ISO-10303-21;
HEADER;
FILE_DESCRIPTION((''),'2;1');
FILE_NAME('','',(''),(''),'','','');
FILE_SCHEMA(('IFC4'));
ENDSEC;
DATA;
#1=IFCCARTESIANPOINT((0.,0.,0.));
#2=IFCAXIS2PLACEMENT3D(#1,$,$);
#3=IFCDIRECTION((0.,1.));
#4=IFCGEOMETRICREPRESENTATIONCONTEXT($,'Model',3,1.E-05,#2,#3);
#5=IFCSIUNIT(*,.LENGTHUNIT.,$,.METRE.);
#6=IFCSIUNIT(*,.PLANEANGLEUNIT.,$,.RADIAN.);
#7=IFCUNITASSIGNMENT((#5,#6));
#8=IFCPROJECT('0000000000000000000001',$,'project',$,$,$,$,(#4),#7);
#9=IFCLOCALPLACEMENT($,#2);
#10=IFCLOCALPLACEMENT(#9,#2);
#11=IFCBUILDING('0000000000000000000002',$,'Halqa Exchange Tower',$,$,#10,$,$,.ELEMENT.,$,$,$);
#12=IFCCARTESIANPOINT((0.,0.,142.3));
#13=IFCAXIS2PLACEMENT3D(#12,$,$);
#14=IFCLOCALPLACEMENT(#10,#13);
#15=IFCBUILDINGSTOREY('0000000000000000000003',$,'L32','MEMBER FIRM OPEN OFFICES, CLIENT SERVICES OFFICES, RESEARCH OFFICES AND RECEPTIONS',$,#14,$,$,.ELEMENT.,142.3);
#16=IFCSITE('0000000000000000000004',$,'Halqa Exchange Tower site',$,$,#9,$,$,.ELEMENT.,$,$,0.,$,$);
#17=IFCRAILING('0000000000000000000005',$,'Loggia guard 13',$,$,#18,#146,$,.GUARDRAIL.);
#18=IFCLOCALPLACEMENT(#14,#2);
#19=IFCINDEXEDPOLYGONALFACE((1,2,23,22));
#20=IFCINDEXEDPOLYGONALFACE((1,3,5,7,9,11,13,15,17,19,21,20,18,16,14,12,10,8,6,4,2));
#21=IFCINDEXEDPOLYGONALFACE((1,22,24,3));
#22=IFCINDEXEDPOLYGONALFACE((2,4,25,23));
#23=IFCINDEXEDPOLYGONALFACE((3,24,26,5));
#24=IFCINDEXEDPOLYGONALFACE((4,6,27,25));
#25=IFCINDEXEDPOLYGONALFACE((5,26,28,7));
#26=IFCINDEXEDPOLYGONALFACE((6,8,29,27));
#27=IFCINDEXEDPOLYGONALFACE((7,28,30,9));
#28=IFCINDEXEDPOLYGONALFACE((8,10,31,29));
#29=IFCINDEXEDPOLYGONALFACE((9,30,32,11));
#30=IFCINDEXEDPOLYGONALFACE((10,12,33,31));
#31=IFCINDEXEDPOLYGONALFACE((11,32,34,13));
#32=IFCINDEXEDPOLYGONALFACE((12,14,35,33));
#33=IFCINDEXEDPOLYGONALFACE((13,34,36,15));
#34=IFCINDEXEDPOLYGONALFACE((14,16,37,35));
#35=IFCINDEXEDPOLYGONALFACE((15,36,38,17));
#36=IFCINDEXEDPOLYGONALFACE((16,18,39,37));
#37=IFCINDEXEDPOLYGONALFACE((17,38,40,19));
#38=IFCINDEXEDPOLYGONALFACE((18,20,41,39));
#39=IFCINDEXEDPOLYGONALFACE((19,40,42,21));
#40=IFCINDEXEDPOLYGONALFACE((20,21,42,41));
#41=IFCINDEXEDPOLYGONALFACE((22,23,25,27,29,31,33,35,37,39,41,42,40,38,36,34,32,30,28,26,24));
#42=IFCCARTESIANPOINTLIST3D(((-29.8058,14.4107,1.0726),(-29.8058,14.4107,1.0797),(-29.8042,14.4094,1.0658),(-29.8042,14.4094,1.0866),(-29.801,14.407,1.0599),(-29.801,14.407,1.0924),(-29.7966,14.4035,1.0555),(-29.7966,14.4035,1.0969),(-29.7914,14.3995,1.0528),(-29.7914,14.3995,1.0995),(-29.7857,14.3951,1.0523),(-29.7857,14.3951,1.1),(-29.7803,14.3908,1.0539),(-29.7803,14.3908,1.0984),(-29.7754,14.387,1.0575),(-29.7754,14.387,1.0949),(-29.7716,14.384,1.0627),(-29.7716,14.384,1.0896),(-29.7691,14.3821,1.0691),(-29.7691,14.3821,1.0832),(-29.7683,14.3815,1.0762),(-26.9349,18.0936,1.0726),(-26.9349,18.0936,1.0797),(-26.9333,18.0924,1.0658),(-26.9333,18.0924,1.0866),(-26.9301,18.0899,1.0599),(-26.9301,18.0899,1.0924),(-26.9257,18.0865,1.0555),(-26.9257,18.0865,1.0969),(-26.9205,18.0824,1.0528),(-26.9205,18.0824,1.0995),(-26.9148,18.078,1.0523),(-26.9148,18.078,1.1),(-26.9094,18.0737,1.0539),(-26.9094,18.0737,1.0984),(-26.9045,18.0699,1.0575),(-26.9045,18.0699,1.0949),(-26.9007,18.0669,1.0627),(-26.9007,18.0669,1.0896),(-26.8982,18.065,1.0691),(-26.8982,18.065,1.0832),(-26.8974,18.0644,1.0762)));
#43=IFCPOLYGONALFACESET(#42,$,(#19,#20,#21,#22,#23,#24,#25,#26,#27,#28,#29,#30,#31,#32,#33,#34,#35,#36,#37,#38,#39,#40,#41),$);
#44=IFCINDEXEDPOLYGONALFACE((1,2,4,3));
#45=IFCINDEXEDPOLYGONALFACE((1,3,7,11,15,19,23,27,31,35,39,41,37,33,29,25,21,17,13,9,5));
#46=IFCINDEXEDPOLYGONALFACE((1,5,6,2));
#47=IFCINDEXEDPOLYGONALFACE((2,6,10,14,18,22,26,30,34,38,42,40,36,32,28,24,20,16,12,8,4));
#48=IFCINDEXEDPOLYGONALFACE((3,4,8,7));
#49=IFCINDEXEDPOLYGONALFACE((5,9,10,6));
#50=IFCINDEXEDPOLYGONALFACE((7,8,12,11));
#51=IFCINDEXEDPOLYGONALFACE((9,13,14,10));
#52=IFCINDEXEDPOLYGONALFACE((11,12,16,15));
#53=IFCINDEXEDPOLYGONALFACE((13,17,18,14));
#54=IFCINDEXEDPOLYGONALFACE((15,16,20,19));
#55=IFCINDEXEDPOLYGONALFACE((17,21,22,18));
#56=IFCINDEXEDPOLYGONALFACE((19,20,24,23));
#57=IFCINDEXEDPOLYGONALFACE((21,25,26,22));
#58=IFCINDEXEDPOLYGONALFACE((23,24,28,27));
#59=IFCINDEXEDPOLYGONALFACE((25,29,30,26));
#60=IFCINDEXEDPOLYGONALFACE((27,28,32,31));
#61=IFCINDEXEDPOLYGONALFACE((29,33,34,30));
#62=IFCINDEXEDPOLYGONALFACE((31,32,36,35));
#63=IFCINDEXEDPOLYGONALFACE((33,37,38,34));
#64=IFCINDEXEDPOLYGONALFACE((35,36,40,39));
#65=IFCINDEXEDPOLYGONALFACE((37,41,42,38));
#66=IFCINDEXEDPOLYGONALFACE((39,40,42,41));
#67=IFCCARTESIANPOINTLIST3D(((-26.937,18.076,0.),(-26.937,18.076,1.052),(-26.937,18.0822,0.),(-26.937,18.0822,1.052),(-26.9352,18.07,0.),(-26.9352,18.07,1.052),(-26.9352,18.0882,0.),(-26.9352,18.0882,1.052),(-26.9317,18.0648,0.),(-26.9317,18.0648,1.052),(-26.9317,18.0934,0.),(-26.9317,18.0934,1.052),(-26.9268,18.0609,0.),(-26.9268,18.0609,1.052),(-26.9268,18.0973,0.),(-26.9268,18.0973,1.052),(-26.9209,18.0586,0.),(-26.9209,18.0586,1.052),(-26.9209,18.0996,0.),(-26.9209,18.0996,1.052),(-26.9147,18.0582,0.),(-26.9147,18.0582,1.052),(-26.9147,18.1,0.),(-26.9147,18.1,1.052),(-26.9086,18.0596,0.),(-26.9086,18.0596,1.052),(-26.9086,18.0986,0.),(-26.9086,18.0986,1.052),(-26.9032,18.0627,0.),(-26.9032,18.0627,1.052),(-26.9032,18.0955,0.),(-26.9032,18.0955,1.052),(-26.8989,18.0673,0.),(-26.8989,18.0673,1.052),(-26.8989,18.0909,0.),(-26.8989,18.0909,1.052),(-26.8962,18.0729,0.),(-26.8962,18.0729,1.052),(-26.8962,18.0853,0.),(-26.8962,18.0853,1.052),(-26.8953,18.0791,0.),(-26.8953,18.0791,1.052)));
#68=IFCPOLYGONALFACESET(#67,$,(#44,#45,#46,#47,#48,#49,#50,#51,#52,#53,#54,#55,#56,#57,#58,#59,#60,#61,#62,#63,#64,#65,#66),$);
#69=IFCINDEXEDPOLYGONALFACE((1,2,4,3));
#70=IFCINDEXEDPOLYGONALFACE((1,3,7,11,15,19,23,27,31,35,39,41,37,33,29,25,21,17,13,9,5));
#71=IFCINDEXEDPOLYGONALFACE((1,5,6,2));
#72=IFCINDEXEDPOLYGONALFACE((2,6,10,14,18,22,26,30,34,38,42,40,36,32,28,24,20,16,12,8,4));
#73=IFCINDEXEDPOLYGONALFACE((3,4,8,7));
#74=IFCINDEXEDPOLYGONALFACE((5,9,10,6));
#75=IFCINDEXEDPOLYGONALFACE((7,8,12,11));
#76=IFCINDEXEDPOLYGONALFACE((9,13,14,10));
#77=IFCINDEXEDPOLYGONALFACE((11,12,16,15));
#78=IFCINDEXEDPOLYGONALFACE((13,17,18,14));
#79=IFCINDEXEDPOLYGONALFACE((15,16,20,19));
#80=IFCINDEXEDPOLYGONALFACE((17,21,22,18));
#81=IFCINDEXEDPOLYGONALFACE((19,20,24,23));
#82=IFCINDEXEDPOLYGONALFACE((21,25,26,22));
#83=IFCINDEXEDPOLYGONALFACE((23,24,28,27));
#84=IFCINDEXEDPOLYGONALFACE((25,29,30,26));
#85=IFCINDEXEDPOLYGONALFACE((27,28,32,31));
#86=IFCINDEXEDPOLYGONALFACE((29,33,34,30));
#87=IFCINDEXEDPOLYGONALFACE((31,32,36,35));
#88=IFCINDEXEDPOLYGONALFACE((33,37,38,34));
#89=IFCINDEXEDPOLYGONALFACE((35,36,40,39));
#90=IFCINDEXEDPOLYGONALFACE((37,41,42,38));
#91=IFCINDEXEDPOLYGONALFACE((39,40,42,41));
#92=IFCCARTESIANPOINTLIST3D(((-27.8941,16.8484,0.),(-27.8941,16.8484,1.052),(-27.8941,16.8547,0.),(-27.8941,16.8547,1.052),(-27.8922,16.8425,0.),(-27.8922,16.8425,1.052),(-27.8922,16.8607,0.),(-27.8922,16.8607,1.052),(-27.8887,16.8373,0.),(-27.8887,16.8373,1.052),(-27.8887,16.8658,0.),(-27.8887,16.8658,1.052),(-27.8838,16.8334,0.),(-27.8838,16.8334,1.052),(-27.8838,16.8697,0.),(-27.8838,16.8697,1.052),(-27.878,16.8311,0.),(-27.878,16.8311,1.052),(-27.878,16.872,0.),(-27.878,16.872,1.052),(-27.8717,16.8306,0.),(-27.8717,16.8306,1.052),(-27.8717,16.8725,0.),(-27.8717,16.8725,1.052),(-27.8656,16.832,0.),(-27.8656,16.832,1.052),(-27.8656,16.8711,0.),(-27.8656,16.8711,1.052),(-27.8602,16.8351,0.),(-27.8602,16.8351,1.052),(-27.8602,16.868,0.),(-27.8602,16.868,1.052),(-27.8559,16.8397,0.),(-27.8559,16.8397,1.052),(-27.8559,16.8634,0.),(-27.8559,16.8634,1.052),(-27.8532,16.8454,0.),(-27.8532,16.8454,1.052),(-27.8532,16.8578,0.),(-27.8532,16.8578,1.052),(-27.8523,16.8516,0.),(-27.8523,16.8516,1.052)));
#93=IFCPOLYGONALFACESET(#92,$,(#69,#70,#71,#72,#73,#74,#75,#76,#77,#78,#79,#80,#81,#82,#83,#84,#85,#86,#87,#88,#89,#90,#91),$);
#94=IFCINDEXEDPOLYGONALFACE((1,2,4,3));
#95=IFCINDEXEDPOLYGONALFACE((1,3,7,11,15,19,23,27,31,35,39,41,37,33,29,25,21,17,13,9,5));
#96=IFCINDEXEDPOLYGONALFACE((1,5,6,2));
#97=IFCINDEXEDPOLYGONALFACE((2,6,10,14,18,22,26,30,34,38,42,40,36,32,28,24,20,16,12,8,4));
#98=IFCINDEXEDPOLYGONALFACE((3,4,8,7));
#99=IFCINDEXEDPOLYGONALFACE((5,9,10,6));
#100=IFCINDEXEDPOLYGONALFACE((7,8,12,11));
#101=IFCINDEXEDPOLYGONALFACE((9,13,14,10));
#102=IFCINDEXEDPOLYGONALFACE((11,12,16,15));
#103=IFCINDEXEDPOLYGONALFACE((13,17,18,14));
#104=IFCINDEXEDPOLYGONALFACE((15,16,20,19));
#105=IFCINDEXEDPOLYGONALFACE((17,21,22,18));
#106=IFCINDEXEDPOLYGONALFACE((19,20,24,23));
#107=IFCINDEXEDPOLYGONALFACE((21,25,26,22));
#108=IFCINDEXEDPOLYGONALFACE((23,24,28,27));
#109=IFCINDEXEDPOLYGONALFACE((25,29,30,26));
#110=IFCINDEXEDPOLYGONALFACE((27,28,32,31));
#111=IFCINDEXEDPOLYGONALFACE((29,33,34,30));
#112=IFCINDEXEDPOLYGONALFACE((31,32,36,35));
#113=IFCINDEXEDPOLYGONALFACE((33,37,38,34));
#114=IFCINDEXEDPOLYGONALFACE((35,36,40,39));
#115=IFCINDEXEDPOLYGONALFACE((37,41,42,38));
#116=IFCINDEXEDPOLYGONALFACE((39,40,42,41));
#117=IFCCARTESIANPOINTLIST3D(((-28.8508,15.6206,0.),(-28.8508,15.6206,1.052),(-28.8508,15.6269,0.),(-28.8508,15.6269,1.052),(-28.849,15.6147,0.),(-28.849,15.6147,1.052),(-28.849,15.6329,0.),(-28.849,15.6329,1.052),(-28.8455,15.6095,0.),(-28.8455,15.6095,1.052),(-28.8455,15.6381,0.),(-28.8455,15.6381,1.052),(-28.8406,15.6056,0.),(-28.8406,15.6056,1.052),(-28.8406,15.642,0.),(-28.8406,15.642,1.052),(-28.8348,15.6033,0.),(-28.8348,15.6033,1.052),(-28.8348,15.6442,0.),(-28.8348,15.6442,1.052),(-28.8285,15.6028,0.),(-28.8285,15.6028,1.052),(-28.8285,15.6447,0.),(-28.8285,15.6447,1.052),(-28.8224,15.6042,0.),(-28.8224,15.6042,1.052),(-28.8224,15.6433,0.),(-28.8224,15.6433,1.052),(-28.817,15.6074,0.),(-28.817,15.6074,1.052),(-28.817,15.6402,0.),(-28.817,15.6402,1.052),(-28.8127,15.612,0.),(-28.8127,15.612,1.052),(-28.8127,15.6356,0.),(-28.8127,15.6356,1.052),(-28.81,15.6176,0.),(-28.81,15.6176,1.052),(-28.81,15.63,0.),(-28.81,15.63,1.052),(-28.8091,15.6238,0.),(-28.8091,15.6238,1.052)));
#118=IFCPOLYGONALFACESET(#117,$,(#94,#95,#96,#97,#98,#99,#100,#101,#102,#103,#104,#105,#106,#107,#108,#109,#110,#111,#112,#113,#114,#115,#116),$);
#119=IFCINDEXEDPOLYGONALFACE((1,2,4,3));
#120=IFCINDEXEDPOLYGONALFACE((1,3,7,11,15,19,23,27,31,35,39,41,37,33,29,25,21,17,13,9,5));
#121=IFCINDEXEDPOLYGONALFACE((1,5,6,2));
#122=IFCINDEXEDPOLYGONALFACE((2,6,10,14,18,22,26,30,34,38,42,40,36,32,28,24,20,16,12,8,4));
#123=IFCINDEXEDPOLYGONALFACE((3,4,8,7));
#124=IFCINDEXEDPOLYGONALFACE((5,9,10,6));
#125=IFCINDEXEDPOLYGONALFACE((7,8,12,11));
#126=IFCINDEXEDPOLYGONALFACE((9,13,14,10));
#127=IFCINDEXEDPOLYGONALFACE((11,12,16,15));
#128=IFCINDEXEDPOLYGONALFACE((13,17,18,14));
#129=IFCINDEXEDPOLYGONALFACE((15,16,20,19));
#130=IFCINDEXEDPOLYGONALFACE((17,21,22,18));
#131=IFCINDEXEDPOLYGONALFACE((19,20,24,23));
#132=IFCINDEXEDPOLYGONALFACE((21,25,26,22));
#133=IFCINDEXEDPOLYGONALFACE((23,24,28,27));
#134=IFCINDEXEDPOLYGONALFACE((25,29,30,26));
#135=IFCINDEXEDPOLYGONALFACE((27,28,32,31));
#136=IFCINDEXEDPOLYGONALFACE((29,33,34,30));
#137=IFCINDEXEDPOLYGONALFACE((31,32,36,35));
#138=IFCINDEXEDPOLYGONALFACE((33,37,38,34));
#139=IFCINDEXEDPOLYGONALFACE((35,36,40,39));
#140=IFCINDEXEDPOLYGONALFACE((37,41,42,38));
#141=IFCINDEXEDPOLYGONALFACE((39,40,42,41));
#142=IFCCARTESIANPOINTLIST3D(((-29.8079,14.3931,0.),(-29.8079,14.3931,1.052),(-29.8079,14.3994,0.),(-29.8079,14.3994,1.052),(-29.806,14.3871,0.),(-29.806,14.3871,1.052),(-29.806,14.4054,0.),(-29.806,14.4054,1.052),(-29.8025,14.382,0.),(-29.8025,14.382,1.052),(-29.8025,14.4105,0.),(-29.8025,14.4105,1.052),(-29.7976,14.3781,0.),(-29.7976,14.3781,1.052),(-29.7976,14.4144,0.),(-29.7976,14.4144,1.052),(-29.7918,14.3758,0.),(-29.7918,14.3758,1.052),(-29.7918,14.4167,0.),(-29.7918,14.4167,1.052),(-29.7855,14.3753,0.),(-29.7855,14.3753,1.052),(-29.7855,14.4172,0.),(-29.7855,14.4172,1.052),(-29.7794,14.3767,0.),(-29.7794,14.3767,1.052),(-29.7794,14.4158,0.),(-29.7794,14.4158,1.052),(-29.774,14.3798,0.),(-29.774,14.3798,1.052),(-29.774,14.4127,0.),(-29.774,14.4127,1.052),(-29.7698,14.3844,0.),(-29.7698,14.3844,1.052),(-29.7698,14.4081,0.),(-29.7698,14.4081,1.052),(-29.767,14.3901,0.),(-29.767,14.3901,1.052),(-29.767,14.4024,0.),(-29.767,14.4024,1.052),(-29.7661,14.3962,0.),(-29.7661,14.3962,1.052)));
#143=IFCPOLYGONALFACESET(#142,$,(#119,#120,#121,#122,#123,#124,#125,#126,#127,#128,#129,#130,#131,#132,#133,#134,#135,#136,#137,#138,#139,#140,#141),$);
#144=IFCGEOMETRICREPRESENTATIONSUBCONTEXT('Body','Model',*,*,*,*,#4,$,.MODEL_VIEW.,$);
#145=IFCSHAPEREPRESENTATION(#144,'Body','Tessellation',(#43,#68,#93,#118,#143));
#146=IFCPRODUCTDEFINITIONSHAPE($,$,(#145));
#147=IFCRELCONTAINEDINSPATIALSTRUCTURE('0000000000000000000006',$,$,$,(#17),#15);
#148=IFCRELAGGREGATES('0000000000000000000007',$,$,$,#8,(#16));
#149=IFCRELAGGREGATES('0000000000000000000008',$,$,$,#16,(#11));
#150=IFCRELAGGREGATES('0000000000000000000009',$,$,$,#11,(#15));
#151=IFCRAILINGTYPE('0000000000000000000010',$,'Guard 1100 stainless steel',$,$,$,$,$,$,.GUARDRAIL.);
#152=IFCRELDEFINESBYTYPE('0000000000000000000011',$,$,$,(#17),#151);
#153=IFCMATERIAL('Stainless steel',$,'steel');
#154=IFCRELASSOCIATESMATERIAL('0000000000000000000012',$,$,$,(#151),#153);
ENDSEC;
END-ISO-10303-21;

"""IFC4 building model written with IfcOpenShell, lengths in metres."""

from ifc_helpers import new_model, si_unit, direction, frame, origin, origin_2d, place, context, subcontext, project, spatial, circle, extrude, material, type_object, element, save


model = new_model("IFC4")

# Units and contexts
model_context = context("Model", 3, precision=1e-05, world=origin(), true_north=direction((0.0, 1.0)))
body_context = subcontext(model_context, "Body", "Model", "MODEL_VIEW")
ifc_project = project(units=[si_unit("LENGTHUNIT", "METRE"), si_unit("PLANEANGLEUNIT", "RADIAN")], contexts=[model_context])

# Site, building, storey
site_placement = place(None, origin())
site = spatial("IfcSite", under=ifc_project, at=site_placement, Name="Halqa Exchange Tower site", CompositionType="ELEMENT", RefElevation=0.0)
building_placement = place(site_placement, origin())
building = spatial("IfcBuilding", under=site, at=building_placement, Name="Halqa Exchange Tower", CompositionType="ELEMENT")
storey_placement = place(building_placement, frame((0.0, 0.0, 142.3)))
storey = spatial("IfcBuildingStorey", under=building, at=storey_placement, Name="L32", Description="MEMBER FIRM OPEN OFFICES, CLIENT SERVICES OFFICES, RESEARCH OFFICES AND RECEPTIONS", CompositionType="ELEMENT", Elevation=142.3)

# Railing
ifc_material_1 = material(Name="Stainless steel", Category="steel")
railing_type = type_object("IfcRailingType", Name="Guard 1100 stainless steel", PredefinedType="GUARDRAIL", material=ifc_material_1)
railing_1_placement = place(storey_placement, frame((-26.9163, 18.0791, 0.0)))
element("IfcRailing", 1, at=railing_1_placement, inside=storey, type_object=railing_type, Name="Loggia guard 13", PredefinedType="GUARDRAIL", context=body_context, shape_type="SweptSolid", body=[
    extrude(circle(Radius=0.0239, at=origin_2d()), frame((0.0, 0.0, 1.0762), z_axis=(-0.614794, -0.788687, 0.0), x_axis=(0.788687, -0.614794, 0.0)), (0.0, 0.0, 1.0), 4.6697),
    extrude(circle(Radius=0.021, at=origin_2d()), origin(), (0.0, 0.0, 1.0), 1.052),
    extrude(circle(Radius=0.021, at=origin_2d()), frame((-0.957, -1.2275, 0.0)), (0.0, 0.0, 1.0), 1.052),
    extrude(circle(Radius=0.021, at=origin_2d()), frame((-1.9138, -2.4553, 0.0)), (0.0, 0.0, 1.0), 1.052),
    extrude(circle(Radius=0.021, at=origin_2d()), frame((-2.8708, -3.6829, 0.0)), (0.0, 0.0, 1.0), 1.052),
])

save(model, "model.ifc")
